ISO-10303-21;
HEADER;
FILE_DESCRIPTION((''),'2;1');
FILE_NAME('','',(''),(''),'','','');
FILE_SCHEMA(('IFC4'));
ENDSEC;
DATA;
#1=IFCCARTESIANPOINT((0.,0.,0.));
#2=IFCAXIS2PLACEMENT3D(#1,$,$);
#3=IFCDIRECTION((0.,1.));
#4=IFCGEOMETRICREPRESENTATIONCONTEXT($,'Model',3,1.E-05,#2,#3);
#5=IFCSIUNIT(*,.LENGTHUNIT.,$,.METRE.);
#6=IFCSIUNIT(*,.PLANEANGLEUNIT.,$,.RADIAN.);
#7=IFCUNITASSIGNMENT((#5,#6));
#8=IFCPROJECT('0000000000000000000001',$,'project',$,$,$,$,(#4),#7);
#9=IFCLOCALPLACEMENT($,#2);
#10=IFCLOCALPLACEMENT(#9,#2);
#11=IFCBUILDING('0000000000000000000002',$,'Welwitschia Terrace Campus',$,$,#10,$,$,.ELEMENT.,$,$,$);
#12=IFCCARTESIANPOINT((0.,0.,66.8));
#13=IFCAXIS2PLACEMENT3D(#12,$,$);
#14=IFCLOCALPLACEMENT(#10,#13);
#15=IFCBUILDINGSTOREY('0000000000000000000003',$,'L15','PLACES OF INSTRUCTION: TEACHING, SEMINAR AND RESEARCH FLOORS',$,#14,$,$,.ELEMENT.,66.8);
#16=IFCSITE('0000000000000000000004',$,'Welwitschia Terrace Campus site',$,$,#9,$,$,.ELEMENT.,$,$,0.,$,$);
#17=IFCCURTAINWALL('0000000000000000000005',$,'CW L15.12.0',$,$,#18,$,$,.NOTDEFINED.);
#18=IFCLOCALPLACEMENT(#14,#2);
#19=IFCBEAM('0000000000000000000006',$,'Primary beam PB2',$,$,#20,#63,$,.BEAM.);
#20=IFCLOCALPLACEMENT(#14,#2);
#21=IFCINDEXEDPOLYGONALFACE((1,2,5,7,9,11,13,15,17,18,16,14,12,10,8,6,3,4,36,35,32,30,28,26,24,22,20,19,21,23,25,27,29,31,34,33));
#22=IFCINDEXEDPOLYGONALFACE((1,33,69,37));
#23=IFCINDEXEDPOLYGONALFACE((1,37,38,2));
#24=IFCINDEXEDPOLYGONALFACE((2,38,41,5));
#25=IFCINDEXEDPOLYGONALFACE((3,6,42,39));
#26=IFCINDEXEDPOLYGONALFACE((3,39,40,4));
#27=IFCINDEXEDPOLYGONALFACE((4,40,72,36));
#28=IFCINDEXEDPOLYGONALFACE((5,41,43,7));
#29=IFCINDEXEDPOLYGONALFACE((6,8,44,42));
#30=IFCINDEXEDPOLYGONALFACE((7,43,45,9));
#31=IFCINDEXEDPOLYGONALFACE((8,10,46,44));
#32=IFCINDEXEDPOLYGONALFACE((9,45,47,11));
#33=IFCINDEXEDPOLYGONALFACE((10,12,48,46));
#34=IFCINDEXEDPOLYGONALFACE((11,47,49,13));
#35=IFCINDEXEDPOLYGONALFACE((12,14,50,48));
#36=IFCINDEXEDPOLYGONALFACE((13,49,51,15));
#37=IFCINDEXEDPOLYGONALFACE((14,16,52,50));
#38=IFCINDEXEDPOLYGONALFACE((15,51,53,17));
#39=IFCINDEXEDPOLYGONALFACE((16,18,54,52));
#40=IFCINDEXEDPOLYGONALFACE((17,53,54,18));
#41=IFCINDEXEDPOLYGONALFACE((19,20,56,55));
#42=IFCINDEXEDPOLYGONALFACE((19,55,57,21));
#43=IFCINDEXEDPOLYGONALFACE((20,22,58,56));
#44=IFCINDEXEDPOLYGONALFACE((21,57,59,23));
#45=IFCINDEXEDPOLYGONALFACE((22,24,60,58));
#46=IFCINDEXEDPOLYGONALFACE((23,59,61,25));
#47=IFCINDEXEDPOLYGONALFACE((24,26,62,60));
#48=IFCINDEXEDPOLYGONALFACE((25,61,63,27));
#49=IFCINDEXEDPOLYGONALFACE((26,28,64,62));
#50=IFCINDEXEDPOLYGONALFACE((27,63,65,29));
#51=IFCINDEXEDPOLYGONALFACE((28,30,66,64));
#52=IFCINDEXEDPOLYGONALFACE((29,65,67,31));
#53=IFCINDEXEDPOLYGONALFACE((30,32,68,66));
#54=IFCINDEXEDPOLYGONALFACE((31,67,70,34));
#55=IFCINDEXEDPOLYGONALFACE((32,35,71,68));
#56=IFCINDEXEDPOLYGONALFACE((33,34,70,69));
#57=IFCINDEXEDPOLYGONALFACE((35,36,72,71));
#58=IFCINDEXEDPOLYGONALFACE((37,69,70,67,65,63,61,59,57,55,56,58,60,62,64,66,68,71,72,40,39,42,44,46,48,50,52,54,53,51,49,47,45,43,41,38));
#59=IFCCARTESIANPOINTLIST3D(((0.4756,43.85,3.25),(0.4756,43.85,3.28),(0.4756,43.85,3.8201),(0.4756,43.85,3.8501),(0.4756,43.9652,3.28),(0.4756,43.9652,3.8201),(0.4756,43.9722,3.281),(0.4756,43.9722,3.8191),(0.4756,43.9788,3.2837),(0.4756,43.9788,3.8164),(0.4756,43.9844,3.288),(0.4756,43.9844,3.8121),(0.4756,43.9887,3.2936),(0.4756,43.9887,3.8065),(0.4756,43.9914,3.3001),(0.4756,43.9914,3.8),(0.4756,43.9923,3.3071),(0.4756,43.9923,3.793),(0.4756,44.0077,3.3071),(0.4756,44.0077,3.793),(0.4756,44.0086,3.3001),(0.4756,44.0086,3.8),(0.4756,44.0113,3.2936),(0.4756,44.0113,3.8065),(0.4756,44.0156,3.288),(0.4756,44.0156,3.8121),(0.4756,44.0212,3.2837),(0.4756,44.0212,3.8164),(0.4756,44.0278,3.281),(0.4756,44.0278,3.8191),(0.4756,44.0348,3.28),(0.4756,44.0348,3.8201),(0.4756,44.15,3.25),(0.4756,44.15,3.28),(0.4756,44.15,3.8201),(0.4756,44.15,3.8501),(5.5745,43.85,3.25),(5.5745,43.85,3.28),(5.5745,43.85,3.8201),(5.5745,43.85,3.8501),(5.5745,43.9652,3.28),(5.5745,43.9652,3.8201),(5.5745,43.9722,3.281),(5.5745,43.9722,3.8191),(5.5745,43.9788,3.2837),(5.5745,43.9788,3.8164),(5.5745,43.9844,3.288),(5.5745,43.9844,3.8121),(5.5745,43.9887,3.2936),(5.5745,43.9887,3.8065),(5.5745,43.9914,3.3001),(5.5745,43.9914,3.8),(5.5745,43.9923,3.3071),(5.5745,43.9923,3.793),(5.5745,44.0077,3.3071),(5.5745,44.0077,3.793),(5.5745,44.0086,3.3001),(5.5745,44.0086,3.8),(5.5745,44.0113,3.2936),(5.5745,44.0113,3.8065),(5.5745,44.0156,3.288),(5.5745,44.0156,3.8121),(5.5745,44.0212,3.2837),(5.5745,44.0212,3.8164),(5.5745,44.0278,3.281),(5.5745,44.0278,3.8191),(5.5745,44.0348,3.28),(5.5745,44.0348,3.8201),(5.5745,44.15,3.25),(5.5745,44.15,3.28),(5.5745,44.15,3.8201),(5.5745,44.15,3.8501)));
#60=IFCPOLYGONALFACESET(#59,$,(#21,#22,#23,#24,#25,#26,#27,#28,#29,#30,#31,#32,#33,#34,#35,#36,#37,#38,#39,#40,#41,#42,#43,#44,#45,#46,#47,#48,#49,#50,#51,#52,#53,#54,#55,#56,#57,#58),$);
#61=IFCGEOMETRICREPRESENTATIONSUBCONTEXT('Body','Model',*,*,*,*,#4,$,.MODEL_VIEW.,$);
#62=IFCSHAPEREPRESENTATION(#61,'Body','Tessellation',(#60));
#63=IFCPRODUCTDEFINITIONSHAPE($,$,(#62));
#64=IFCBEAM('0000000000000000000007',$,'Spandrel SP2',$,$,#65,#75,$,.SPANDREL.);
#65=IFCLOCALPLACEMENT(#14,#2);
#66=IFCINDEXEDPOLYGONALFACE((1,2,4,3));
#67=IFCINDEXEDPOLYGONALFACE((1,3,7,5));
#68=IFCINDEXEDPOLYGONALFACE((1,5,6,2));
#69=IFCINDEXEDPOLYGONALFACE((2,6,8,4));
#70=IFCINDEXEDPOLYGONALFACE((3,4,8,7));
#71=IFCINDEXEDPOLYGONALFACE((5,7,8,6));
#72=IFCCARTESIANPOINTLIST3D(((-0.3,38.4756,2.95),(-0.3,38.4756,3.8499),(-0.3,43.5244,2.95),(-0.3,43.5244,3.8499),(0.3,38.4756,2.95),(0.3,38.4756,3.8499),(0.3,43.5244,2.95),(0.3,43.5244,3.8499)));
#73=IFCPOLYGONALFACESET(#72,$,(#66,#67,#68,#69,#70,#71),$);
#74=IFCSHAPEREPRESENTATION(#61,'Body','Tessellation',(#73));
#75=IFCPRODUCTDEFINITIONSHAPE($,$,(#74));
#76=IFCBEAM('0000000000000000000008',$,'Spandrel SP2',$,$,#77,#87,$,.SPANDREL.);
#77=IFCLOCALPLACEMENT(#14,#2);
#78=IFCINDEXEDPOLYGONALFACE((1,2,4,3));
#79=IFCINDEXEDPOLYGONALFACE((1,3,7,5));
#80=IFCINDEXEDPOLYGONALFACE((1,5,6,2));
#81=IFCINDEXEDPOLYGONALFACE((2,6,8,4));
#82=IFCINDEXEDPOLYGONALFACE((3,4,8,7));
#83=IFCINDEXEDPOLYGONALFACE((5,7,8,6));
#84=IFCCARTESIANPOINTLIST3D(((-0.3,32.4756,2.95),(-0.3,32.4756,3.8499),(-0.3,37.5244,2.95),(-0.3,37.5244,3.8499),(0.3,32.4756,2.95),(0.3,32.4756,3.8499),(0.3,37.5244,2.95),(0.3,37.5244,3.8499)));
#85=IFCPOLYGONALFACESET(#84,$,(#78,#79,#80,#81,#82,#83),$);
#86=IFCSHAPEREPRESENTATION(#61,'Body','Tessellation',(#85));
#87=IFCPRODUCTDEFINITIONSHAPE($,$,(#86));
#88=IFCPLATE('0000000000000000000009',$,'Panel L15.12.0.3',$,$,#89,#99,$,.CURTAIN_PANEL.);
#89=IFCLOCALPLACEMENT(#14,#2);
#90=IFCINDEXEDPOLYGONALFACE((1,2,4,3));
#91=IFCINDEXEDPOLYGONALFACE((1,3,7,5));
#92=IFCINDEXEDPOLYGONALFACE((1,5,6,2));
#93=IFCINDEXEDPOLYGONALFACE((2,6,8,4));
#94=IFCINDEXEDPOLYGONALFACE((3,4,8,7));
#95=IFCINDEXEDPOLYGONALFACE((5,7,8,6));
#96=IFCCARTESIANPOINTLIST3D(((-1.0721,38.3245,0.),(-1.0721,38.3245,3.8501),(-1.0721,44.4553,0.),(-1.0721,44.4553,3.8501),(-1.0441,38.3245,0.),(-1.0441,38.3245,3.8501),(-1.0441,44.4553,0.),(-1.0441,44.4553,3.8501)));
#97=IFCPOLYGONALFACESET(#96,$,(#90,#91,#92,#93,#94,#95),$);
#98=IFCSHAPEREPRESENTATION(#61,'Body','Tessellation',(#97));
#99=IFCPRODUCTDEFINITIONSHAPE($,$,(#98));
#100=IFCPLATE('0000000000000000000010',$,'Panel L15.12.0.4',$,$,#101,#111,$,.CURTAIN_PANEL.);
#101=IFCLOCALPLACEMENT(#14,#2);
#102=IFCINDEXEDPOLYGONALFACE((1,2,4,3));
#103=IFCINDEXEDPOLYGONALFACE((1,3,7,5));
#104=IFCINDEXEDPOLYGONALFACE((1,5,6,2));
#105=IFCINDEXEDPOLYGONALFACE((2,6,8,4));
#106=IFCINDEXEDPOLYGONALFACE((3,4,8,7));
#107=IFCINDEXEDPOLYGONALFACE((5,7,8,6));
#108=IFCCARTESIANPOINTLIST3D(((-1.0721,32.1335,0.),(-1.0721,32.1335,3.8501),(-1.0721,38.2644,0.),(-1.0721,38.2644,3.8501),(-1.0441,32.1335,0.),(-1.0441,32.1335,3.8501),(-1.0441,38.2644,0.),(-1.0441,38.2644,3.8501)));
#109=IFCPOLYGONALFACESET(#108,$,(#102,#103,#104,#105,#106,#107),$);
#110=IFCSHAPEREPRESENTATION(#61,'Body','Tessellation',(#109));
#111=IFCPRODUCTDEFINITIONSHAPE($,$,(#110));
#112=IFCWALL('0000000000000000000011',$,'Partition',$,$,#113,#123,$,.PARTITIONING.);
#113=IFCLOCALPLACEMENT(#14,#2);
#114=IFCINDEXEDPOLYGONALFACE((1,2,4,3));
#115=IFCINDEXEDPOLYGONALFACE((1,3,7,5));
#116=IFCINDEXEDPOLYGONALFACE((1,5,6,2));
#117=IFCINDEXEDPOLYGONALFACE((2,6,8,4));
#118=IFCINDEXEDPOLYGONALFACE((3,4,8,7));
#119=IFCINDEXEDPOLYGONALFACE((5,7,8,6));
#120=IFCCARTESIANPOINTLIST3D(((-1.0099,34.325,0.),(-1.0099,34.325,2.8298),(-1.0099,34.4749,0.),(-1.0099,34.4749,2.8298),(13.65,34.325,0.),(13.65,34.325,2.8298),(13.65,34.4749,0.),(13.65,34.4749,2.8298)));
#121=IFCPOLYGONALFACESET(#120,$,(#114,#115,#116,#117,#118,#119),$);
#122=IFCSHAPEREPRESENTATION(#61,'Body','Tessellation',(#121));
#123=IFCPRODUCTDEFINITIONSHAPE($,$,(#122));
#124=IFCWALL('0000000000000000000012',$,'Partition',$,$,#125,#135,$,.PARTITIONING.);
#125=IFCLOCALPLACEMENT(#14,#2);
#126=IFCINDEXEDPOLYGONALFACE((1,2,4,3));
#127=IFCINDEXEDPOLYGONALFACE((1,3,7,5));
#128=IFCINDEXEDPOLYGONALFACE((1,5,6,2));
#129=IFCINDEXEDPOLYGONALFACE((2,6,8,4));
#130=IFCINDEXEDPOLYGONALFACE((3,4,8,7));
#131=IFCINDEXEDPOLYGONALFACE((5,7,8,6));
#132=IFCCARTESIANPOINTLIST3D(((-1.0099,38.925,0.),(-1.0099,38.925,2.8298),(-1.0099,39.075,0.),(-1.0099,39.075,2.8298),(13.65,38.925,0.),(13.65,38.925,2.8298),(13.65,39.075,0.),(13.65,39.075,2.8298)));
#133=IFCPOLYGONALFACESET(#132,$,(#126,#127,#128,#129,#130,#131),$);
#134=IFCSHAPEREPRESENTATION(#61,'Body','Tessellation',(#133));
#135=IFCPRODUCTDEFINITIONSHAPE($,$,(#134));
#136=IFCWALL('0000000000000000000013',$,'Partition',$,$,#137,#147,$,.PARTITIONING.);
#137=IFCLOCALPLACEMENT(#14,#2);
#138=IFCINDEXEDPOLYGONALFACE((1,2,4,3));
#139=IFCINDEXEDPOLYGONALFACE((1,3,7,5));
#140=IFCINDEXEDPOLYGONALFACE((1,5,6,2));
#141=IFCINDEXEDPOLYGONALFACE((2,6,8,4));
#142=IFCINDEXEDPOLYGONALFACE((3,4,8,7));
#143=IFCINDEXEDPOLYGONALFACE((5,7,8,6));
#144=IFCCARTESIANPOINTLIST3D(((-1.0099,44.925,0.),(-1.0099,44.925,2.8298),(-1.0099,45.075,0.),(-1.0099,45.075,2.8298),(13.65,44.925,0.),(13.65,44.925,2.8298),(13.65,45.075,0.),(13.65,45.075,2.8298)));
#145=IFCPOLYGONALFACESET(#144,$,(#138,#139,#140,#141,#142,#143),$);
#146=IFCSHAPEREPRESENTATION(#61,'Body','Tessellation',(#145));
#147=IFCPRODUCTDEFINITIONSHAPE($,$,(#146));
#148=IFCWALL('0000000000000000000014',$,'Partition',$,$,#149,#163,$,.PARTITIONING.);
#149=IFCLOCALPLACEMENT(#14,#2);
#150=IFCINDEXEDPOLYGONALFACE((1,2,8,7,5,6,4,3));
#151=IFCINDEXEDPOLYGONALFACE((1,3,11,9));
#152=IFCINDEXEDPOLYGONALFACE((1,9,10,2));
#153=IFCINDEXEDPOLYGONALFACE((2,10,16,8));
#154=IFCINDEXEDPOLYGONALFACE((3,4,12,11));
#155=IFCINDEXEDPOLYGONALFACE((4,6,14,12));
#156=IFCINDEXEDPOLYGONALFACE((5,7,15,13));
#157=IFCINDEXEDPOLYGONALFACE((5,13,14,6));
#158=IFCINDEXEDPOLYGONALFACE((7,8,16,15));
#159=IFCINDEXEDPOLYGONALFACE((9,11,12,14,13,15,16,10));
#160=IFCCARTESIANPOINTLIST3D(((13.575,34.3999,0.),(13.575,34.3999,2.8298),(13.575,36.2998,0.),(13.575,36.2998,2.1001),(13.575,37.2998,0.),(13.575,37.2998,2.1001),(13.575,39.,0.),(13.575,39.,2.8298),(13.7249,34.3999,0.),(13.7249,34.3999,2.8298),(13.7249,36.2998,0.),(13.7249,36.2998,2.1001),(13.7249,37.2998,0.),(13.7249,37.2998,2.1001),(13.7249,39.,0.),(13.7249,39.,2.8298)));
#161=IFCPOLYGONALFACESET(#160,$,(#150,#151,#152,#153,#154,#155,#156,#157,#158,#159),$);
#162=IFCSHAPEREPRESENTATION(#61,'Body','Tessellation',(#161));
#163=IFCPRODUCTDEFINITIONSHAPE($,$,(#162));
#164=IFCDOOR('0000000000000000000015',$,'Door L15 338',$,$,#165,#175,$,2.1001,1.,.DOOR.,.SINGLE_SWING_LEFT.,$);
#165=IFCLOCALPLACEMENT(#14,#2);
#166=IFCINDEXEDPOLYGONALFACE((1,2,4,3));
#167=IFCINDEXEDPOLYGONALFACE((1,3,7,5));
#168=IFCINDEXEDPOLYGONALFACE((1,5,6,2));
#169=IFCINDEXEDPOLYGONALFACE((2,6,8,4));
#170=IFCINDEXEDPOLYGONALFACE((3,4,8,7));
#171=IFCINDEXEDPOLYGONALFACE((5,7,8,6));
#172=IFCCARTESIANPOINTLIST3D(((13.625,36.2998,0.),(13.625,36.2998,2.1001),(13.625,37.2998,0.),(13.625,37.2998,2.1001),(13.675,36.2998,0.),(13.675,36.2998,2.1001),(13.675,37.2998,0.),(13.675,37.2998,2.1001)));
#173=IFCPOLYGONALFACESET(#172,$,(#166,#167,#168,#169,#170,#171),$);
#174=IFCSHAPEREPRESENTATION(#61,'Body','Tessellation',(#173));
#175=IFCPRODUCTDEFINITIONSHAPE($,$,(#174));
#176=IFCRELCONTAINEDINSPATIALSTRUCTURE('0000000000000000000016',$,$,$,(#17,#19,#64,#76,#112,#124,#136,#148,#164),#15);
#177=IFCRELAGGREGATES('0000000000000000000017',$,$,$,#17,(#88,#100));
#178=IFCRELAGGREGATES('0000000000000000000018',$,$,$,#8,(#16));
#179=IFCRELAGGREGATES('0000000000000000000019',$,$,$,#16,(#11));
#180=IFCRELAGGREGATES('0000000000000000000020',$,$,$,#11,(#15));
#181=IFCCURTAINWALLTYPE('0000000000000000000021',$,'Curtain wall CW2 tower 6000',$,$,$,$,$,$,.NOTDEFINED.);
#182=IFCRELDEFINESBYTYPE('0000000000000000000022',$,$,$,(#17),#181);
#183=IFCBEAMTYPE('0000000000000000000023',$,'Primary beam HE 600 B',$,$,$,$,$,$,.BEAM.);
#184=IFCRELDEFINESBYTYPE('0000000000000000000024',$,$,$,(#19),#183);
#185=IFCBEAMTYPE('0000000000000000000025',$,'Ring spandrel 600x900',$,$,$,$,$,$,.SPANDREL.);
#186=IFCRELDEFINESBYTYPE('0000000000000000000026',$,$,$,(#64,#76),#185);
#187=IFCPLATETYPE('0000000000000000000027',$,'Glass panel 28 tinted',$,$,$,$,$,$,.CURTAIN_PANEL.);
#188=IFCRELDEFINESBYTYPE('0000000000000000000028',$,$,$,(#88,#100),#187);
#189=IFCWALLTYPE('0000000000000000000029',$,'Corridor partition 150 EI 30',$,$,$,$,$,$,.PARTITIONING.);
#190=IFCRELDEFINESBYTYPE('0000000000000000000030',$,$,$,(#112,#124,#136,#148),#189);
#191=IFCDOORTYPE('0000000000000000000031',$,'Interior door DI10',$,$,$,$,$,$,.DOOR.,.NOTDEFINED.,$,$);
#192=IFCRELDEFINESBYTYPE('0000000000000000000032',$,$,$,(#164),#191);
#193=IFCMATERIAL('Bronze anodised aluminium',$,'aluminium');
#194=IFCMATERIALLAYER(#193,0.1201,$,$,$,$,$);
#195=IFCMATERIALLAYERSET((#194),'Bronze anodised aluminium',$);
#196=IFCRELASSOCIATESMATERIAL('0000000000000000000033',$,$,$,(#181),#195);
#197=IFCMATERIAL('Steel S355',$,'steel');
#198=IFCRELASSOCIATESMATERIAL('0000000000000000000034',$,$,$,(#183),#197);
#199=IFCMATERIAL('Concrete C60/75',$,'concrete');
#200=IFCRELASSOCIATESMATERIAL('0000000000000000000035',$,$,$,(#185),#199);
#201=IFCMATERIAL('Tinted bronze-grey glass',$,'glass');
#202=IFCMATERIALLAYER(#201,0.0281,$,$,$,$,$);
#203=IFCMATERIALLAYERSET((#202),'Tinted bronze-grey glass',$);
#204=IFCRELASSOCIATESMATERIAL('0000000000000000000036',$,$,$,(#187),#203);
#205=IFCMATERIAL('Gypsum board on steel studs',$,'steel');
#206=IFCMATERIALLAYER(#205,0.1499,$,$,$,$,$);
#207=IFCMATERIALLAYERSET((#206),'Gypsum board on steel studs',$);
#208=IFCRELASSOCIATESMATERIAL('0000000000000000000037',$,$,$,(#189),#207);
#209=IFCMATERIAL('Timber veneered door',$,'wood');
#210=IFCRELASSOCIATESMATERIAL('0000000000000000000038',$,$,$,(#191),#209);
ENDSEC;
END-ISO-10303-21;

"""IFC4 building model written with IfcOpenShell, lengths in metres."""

from ifc_helpers import new_model, si_unit, direction, frame, frame_2d, origin, origin_2d, place, context, subcontext, project, spatial, rectangle, i_section, extrude, material, layer, layer_set, material_profile, profile_set, type_object, element, fill, aggregate, save


model = new_model("IFC4")

# Units and contexts
model_context = context("Model", 3, precision=1e-05, world=origin(), true_north=direction((0.0, 1.0)))
body_context = subcontext(model_context, "Body", "Model", "MODEL_VIEW")
ifc_project = project(units=[si_unit("LENGTHUNIT", "METRE"), si_unit("PLANEANGLEUNIT", "RADIAN")], contexts=[model_context])

# Site, building, storey
site_placement = place(None, origin())
site = spatial("IfcSite", under=ifc_project, at=site_placement, Name="Welwitschia Terrace Campus site", CompositionType="ELEMENT", RefElevation=0.0)
building_placement = place(site_placement, origin())
building = spatial("IfcBuilding", under=site, at=building_placement, Name="Welwitschia Terrace Campus", CompositionType="ELEMENT")
storey_placement = place(building_placement, frame((0.0, 0.0, 66.8)))
storey = spatial("IfcBuildingStorey", under=building, at=storey_placement, Name="L15", Description="PLACES OF INSTRUCTION: TEACHING, SEMINAR AND RESEARCH FLOORS", CompositionType="ELEMENT", Elevation=66.8)

# Curtain wall
ifc_material_1 = material(Name="Bronze anodised aluminium", Category="aluminium")
ifc_layer_1 = layer(ifc_material_1, 0.1201)
ifc_layer_set_1 = layer_set([ifc_layer_1], Name="Bronze anodised aluminium")
curtain_wall_type = type_object("IfcCurtainWallType", Name="Curtain wall CW2 tower 6000", PredefinedType="NOTDEFINED", material=ifc_layer_set_1)
curtain_wall_placement = place(storey_placement, origin())
curtain_wall = element("IfcCurtainWall", 1, at=curtain_wall_placement, inside=storey, type_object=curtain_wall_type, Name="CW L15.12.0", PredefinedType="NOTDEFINED")

# Beams
ifc_material_2 = material(Name="Steel S355", Category="steel")
ifc_material_profile_1 = material_profile(ifc_material_2, i_section(OverallWidth=0.3, OverallDepth=0.6001, WebThickness=0.0154, FlangeThickness=0.03, FilletRadius=0.0271, at=origin_2d()))
ifc_profile_set_1 = profile_set([ifc_material_profile_1], Name="Steel S355")
beam_type_1 = type_object("IfcBeamType", Name="Primary beam HE 600 B", PredefinedType="BEAM", material=ifc_profile_set_1)
beam_placement = place(storey_placement, frame((0.4756, 44.0, 3.55), z_axis=(1.0, 0.0, 0.0), x_axis=(0.0, 1.0, 0.0)))
element("IfcBeam", 2, at=beam_placement, inside=storey, type_object=beam_type_1, Name="Primary beam PB2", PredefinedType="BEAM", context=body_context, shape_type="SweptSolid", body=[
    extrude(i_section(OverallWidth=0.3, OverallDepth=0.6001, WebThickness=0.0154, FlangeThickness=0.03, FilletRadius=0.0271, at=origin_2d()), origin(), (0.0, 0.0, 1.0), 5.0989),
])
ifc_material_3 = material(Name="Concrete C60/75", Category="concrete")
ifc_material_profile_2 = material_profile(ifc_material_3, rectangle(XDim=0.6001, YDim=0.8999, at=origin_2d()))
ifc_profile_set_2 = profile_set([ifc_material_profile_2], Name="Concrete C60/75")
beam_type_2 = type_object("IfcBeamType", Name="Ring spandrel 600x900", PredefinedType="SPANDREL", material=ifc_profile_set_2)
for number, where, z_axis, x_axis, name in (
    (3, (0.0, 43.5244, 3.3999), (0.0, -1.0, 0.0), (1.0, 0.0, 0.0), "Spandrel SP2"),
    (4, (0.0, 37.5244, 3.3999), (0.0, -1.0, 0.0), (1.0, 0.0, 0.0), "Spandrel SP2"),
):
    element("IfcBeam", number, at=place(storey_placement, frame(where, z_axis=z_axis, x_axis=x_axis)), inside=storey, type_object=beam_type_2, Name=name, PredefinedType="SPANDREL", context=body_context, shape_type="SweptSolid", body=[
        extrude(rectangle(XDim=0.6001, YDim=0.8999, at=origin_2d()), origin(), (0.0, 0.0, 1.0), 5.0488),
    ])

# Plates
ifc_material_4 = material(Name="Tinted bronze-grey glass", Category="glass")
ifc_layer_2 = layer(ifc_material_4, 0.0281)
ifc_layer_set_2 = layer_set([ifc_layer_2], Name="Tinted bronze-grey glass")
plate_type = type_object("IfcPlateType", Name="Glass panel 28 tinted", PredefinedType="CURTAIN_PANEL", material=ifc_layer_set_2)
plate_1_placement = place(storey_placement, frame((-1.0581, 41.3899, 0.0), z_axis=(0.0, 0.0, 1.0), x_axis=(0.0, -1.0, 0.0)))
plate_1 = element("IfcPlate", 5, at=plate_1_placement, type_object=plate_type, Name="Panel L15.12.0.3", PredefinedType="CURTAIN_PANEL", context=body_context, shape_type="SweptSolid", body=[
    extrude(rectangle(XDim=6.1309, YDim=0.0281, at=origin_2d()), origin(), (0.0, 0.0, 1.0), 3.8501),
])
plate_2_placement = place(storey_placement, frame((-1.0581, 35.199, 0.0), z_axis=(0.0, 0.0, 1.0), x_axis=(0.0, -1.0, 0.0)))
plate_2 = element("IfcPlate", 6, at=plate_2_placement, type_object=plate_type, Name="Panel L15.12.0.4", PredefinedType="CURTAIN_PANEL", context=body_context, shape_type="SweptSolid", body=[
    extrude(rectangle(XDim=6.1309, YDim=0.0281, at=origin_2d()), origin(), (0.0, 0.0, 1.0), 3.8501),
])
aggregate(curtain_wall, [plate_1, plate_2])

# Walls
ifc_material_5 = material(Name="Gypsum board on steel studs", Category="steel")
ifc_layer_3 = layer(ifc_material_5, 0.1499)
ifc_layer_set_3 = layer_set([ifc_layer_3], Name="Gypsum board on steel studs")
wall_type = type_object("IfcWallType", Name="Corridor partition 150 EI 30", PredefinedType="PARTITIONING", material=ifc_layer_set_3)
for number, where, z_axis, x_axis, name in (
    (7, (-1.01, 34.3999, 0.0), (0.0, 0.0, 1.0), (1.0, 0.0, 0.0), "Partition"),
    (8, (-1.01, 39.0, 0.0), (0.0, 0.0, 1.0), (1.0, 0.0, 0.0), "Partition"),
    (9, (-1.01, 45.0, 0.0), (0.0, 0.0, 1.0), (1.0, 0.0, 0.0), "Partition"),
):
    element("IfcWall", number, at=place(storey_placement, frame(where, z_axis=z_axis, x_axis=x_axis)), inside=storey, type_object=wall_type, Name=name, PredefinedType="PARTITIONING", context=body_context, shape_type="SweptSolid", body=[
        extrude(rectangle(XDim=14.6599, YDim=0.1499, at=frame_2d((7.3301, 0.0))), origin(), (0.0, 0.0, 1.0), 2.8298),
    ])

# Wall, opening, door
wall_1_placement = place(storey_placement, frame((13.6499, 34.3999, 0.0), z_axis=(0.0, 0.0, 1.0), x_axis=(0.0, 1.0, 0.0)))
wall_1 = element("IfcWall", 10, at=wall_1_placement, inside=storey, type_object=wall_type, Name="Partition", PredefinedType="PARTITIONING", context=body_context, shape_type="SweptSolid", body=[
    extrude(rectangle(XDim=4.6001, YDim=0.1499, at=frame_2d((2.3, 0.0))), origin(), (0.0, 0.0, 1.0), 2.8298),
])
opening_1_placement = place(wall_1_placement, frame((1.8999, 0.0, 0.0)))
opening_1 = element("IfcOpeningElement", 11, at=opening_1_placement, cuts=wall_1, PredefinedType="OPENING", context=body_context, shape_type="SweptSolid", body=[
    extrude(rectangle(XDim=1.0, YDim=2.1001, at=frame_2d((0.5, 1.05))), frame((0.0, 0.085, 0.0), z_axis=(0.0, -1.0, 0.0), x_axis=(1.0, 0.0, 0.0)), (0.0, 0.0, 1.0), 0.1699),
])
ifc_material_6 = material(Name="Timber veneered door", Category="wood")
door_type = type_object("IfcDoorType", Name="Interior door DI10", OperationType="NOTDEFINED", PredefinedType="DOOR", material=ifc_material_6)
door_1_placement = place(opening_1_placement, origin())
door_1 = element("IfcDoor", 12, at=door_1_placement, inside=storey, type_object=door_type, Name="Door L15 338", OperationType="SINGLE_SWING_LEFT", OverallHeight=2.1001, OverallWidth=1.0, PredefinedType="DOOR", context=body_context, shape_type="SweptSolid", body=[
    extrude(rectangle(XDim=1.0, YDim=2.1001, at=frame_2d((0.5, 1.05))), frame((0.0, 0.0249, 0.0), z_axis=(0.0, -1.0, 0.0), x_axis=(1.0, 0.0, 0.0)), (0.0, 0.0, 1.0), 0.05),
])
fill(opening_1, door_1)

save(model, "model.ifc")
